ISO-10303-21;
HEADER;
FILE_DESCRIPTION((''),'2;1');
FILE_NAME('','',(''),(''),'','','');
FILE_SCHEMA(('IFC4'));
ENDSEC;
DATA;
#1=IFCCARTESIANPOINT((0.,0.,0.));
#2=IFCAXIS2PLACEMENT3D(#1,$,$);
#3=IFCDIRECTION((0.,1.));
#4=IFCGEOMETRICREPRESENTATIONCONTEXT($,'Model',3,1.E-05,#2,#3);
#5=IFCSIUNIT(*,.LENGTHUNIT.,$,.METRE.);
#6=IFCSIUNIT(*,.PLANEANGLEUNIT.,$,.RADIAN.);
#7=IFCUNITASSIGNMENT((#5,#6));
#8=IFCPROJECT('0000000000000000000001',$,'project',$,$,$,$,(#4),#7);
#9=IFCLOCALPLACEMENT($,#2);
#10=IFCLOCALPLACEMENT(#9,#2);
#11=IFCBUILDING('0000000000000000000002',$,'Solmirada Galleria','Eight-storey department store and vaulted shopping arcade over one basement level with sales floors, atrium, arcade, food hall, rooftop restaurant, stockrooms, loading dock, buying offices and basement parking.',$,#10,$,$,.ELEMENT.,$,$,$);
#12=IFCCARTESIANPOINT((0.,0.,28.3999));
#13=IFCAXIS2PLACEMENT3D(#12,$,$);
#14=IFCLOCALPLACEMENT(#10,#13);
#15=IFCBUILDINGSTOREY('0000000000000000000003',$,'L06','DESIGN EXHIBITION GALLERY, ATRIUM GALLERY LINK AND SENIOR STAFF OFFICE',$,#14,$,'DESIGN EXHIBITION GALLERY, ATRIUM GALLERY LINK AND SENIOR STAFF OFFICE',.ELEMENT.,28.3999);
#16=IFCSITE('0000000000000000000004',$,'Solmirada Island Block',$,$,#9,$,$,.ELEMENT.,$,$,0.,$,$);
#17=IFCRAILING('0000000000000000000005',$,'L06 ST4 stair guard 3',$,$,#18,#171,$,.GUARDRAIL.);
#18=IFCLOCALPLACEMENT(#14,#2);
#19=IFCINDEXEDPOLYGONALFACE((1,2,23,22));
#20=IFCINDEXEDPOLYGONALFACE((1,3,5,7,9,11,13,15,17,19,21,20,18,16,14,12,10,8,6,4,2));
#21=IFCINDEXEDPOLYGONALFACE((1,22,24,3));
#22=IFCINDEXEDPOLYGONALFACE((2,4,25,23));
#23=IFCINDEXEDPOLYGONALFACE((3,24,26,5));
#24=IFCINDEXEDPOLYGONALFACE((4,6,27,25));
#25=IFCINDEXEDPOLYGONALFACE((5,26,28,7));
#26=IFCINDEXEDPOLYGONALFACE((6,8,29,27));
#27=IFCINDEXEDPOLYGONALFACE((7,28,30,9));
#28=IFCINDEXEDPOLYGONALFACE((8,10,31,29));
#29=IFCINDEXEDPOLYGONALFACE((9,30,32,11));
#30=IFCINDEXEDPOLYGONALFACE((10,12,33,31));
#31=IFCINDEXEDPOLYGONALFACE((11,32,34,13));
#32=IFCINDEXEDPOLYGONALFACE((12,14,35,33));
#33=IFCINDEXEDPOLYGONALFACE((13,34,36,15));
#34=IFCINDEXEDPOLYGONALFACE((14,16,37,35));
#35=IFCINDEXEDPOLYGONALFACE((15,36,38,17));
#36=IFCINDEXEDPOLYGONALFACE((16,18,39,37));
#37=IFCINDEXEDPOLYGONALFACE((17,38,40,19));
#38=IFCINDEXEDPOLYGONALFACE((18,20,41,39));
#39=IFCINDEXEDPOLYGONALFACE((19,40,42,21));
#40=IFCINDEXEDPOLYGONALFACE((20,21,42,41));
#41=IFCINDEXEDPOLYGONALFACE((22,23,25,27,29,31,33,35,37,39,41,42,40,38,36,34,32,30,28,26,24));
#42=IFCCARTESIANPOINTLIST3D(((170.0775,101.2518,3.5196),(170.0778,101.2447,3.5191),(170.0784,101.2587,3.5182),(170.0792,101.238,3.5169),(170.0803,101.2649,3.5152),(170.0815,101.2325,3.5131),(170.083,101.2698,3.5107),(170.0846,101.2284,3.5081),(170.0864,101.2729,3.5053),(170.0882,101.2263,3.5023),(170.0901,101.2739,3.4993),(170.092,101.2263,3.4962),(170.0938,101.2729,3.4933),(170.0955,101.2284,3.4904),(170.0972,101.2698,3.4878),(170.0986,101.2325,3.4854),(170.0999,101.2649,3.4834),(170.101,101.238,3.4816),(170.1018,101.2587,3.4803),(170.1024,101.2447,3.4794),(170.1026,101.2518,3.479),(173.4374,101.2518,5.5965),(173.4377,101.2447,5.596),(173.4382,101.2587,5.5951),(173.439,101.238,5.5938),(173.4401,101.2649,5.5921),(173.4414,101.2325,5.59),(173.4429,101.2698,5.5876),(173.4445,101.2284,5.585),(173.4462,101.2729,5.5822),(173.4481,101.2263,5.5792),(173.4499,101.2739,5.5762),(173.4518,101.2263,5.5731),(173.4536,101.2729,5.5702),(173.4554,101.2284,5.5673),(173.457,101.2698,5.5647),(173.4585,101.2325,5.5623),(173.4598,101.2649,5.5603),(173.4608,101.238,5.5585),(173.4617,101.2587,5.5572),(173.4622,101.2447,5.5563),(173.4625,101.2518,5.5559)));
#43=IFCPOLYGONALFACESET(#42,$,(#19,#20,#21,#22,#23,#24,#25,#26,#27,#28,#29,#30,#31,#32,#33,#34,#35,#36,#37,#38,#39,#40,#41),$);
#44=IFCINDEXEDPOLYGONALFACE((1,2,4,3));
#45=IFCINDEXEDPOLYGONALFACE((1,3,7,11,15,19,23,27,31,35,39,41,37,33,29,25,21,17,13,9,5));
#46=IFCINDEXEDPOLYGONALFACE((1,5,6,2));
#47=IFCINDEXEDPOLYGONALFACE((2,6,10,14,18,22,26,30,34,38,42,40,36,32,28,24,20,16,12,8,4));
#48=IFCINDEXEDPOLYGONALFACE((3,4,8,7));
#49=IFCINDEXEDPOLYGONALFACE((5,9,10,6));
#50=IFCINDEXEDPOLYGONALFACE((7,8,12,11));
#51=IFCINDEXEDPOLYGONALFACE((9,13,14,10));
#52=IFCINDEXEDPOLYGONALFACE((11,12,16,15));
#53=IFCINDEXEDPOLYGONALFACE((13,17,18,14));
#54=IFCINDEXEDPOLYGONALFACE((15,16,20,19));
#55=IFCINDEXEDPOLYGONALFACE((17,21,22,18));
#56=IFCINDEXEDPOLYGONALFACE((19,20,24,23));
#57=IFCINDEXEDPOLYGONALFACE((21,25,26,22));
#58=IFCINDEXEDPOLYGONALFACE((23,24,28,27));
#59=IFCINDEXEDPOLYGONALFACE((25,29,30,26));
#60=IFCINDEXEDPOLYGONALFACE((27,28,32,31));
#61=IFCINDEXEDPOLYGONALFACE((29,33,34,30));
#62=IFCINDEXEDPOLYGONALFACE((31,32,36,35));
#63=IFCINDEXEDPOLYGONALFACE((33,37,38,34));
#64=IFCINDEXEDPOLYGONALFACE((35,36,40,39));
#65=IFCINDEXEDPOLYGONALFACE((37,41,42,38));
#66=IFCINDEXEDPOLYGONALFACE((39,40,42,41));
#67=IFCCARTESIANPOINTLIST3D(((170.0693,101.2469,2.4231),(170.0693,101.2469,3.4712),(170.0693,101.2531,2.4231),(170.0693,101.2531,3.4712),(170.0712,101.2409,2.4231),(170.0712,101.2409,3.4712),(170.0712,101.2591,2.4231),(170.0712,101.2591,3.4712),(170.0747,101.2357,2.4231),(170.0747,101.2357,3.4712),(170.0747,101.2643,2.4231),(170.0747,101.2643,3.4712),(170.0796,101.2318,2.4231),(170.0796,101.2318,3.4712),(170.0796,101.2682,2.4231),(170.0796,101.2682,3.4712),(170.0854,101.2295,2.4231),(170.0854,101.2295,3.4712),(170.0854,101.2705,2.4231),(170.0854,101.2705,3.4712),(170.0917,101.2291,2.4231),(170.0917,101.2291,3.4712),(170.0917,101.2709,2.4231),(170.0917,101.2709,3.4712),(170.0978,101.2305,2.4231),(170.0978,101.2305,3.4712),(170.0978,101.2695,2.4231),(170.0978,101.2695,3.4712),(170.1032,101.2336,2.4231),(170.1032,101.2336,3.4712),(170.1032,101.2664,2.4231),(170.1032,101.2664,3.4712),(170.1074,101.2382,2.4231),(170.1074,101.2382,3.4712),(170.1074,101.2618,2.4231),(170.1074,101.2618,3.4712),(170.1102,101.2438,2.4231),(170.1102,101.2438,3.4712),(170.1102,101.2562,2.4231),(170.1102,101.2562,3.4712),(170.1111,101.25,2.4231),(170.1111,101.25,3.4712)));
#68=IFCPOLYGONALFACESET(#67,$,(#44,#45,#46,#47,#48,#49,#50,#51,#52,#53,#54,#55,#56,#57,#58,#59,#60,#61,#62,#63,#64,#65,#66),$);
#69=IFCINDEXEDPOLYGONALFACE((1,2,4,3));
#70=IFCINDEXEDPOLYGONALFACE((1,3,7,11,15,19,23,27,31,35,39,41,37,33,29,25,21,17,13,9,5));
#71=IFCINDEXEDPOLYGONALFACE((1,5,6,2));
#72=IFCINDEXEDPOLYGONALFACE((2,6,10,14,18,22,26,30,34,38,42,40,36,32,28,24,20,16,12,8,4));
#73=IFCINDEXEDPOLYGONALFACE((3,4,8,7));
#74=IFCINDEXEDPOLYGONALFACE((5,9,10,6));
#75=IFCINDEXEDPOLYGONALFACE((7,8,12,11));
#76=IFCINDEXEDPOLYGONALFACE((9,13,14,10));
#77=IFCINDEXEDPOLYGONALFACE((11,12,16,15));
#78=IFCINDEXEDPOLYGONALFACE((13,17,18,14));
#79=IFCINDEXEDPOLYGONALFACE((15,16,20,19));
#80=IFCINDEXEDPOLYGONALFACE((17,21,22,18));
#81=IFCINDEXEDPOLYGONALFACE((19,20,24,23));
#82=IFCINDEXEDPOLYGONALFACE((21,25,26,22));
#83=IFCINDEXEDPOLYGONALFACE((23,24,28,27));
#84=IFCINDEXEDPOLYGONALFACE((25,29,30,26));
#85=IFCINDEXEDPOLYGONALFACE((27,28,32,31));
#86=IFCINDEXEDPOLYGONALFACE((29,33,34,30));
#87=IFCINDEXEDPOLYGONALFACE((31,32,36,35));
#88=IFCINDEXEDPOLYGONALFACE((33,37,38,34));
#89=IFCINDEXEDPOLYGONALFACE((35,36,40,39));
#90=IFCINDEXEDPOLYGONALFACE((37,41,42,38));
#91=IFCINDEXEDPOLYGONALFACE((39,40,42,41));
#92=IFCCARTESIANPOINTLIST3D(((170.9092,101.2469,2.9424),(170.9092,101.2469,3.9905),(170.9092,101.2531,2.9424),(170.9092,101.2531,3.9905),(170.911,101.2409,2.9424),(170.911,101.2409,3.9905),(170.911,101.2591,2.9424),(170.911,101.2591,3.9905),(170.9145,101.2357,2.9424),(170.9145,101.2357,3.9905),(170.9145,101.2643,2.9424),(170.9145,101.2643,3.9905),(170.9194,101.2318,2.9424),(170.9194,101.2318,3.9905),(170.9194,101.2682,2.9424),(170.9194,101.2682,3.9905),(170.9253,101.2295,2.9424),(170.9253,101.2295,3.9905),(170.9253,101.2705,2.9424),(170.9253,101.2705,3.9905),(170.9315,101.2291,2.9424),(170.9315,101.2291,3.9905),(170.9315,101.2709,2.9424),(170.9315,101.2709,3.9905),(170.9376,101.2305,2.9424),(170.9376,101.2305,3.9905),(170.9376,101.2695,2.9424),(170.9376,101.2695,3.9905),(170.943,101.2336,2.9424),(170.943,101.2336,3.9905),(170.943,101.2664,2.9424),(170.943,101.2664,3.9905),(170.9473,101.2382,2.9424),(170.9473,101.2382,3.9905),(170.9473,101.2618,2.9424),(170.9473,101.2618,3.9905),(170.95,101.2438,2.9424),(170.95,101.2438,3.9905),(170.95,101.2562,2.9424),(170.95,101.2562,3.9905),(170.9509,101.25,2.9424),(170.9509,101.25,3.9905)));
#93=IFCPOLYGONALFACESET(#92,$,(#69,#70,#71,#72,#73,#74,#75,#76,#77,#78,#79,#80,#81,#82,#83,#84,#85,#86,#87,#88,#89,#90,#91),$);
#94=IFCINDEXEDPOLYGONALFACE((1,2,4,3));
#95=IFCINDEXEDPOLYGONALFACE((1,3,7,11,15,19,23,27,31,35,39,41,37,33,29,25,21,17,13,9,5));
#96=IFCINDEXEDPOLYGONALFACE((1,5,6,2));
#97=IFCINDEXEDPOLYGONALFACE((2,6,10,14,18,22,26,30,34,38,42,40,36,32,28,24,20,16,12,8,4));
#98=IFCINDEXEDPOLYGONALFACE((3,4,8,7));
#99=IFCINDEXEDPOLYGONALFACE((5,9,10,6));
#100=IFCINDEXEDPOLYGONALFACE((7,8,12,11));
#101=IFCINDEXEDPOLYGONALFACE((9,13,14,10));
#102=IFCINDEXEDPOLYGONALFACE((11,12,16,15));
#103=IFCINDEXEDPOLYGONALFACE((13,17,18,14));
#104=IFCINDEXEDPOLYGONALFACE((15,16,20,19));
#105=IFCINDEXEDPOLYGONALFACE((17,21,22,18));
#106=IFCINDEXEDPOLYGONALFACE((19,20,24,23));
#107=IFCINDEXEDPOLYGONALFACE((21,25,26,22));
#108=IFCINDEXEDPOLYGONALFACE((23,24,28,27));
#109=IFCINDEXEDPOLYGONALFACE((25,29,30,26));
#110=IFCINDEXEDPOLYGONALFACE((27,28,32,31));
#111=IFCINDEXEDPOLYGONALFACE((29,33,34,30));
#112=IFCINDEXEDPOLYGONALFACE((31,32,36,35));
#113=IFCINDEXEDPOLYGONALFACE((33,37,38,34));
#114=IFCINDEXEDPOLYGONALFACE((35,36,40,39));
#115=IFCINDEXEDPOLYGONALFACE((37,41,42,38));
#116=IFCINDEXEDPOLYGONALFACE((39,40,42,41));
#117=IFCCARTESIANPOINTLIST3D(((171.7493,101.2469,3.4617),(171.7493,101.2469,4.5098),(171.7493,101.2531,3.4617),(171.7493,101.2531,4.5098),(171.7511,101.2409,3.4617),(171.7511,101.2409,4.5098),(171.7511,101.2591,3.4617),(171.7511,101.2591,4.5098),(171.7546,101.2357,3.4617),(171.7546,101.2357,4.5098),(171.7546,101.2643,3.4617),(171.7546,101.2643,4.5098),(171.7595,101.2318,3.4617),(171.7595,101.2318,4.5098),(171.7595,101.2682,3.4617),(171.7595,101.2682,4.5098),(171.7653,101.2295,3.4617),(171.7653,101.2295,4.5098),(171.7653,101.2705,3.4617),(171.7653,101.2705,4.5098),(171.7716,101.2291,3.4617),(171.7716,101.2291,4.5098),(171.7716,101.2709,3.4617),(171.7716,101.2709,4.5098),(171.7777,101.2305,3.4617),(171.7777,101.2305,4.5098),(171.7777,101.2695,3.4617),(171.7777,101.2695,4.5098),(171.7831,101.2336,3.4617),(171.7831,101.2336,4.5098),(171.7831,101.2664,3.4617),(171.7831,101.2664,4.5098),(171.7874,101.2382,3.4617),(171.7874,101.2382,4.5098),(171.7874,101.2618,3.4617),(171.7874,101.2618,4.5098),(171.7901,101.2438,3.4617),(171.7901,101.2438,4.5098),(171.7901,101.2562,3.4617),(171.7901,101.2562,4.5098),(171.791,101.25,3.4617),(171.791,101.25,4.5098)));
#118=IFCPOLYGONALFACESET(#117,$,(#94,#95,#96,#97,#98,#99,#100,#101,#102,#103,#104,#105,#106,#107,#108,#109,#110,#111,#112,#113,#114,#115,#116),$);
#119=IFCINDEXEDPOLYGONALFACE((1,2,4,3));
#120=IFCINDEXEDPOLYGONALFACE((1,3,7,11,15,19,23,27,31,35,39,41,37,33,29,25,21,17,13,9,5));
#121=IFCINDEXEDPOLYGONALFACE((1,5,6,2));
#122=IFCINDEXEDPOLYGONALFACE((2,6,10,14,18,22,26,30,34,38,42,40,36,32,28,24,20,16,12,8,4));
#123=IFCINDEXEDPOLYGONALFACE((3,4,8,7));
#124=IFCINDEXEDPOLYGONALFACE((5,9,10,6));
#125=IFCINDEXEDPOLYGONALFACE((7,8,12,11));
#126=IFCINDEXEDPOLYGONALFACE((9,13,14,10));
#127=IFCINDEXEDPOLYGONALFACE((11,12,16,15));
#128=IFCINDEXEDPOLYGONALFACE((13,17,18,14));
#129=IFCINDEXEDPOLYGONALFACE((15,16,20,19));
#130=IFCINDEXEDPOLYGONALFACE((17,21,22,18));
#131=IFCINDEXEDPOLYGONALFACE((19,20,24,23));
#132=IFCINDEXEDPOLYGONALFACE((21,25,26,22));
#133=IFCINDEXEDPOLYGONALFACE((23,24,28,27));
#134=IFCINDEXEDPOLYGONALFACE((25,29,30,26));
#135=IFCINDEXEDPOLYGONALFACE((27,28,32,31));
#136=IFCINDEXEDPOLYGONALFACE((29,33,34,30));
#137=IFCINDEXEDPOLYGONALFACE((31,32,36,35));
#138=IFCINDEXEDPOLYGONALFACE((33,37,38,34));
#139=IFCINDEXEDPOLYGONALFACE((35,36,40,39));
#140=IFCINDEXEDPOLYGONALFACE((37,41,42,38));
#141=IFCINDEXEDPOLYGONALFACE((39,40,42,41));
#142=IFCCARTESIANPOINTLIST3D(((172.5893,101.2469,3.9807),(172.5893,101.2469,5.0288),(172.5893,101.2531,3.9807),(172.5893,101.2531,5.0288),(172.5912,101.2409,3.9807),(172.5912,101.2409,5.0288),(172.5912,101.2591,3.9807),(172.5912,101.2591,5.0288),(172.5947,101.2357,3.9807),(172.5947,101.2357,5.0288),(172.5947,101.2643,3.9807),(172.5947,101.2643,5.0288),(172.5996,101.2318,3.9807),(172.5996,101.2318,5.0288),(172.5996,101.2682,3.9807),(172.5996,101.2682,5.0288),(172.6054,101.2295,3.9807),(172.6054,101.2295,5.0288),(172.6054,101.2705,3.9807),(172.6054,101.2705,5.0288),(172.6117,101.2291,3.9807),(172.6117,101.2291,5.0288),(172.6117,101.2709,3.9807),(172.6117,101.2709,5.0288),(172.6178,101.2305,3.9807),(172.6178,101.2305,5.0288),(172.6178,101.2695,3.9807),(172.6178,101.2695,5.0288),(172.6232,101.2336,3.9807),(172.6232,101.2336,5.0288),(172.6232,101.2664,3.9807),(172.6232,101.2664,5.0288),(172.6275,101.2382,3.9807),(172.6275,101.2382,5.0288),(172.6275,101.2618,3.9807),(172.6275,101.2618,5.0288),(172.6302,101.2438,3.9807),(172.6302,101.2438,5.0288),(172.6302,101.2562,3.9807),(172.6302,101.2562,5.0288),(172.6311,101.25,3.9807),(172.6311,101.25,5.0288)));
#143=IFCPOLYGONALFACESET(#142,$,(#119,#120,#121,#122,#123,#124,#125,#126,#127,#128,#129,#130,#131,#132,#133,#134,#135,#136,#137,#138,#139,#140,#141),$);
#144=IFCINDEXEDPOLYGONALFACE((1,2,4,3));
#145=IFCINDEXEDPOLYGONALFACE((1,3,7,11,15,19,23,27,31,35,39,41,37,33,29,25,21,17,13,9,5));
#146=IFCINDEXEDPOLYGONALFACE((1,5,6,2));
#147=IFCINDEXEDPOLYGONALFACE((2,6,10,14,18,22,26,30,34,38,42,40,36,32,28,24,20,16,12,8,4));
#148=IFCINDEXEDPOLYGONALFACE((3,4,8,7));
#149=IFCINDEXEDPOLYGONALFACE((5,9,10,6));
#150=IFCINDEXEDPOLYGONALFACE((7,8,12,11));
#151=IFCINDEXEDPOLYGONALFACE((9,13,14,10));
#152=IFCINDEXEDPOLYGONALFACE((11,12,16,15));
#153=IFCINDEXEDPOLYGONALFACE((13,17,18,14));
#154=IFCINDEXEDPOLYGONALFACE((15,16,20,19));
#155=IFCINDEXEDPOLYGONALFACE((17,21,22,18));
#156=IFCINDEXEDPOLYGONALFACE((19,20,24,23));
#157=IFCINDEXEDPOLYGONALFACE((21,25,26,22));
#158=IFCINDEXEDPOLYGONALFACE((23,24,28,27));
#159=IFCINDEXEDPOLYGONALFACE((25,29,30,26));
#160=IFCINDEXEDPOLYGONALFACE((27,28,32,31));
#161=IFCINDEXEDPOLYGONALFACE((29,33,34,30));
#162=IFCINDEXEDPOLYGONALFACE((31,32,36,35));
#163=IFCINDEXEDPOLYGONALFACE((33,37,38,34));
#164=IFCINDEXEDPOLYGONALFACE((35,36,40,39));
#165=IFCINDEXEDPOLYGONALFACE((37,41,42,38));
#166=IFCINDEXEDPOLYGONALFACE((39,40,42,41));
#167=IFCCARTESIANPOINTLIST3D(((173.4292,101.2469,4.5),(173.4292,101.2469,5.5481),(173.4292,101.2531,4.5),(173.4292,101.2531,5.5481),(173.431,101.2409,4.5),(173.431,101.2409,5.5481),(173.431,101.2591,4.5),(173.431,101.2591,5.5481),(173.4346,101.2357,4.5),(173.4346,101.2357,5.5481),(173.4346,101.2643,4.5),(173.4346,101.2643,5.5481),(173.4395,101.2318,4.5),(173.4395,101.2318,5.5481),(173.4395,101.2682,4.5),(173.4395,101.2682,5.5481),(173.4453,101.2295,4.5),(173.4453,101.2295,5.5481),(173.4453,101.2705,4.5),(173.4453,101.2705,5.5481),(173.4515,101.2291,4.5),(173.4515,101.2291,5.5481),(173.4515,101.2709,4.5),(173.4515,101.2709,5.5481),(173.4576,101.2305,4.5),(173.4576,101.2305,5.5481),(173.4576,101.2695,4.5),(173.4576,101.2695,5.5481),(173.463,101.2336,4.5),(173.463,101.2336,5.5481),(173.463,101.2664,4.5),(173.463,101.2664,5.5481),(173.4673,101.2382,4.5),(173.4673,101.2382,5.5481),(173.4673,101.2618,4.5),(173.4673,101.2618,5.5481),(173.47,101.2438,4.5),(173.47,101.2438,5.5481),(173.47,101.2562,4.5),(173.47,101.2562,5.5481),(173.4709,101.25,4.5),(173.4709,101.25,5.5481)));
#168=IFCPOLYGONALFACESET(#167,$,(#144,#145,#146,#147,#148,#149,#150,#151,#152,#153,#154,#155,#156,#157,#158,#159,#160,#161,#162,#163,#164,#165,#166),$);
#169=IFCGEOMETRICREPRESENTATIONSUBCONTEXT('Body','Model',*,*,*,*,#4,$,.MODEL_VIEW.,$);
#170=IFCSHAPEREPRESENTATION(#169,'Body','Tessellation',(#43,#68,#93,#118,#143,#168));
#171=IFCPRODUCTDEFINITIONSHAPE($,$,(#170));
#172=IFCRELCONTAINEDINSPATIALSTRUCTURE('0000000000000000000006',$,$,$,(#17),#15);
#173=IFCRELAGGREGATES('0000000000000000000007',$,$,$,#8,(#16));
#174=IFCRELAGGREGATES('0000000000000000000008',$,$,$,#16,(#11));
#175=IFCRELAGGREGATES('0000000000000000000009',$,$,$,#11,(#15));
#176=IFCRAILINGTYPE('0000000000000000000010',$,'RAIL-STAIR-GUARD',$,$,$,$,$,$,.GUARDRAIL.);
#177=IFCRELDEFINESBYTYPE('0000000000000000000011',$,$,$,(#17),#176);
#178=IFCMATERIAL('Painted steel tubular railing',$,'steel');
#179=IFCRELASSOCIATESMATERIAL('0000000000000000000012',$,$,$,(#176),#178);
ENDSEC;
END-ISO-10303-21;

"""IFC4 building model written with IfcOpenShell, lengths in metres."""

from ifc_helpers import new_model, si_unit, direction, frame, origin, origin_2d, place, context, subcontext, project, spatial, circle, extrude, material, type_object, element, save


model = new_model("IFC4")

# Units and contexts
model_context = context("Model", 3, precision=1e-05, world=origin(), true_north=direction((0.0, 1.0)))
body_context = subcontext(model_context, "Body", "Model", "MODEL_VIEW")
ifc_project = project(units=[si_unit("LENGTHUNIT", "METRE"), si_unit("PLANEANGLEUNIT", "RADIAN")], contexts=[model_context])

# Site, building, storey
site_placement = place(None, origin())
site = spatial("IfcSite", under=ifc_project, at=site_placement, Name="Solmirada Island Block", CompositionType="ELEMENT", RefElevation=0.0)
building_placement = place(site_placement, origin())
building = spatial("IfcBuilding", under=site, at=building_placement, Name="Solmirada Galleria", Description="Eight-storey department store and vaulted shopping arcade over one basement level with sales floors, atrium, arcade, food hall, rooftop restaurant, stockrooms, loading dock, buying offices and basement parking.", CompositionType="ELEMENT")
storey_placement = place(building_placement, frame((0.0, 0.0, 28.3999)))
storey = spatial("IfcBuildingStorey", under=building, at=storey_placement, Name="L06", Description="DESIGN EXHIBITION GALLERY, ATRIUM GALLERY LINK AND SENIOR STAFF OFFICE", LongName="DESIGN EXHIBITION GALLERY, ATRIUM GALLERY LINK AND SENIOR STAFF OFFICE", CompositionType="ELEMENT", Elevation=28.3999)

# Railing
ifc_material_1 = material(Name="Painted steel tubular railing", Category="steel")
railing_type_1 = type_object("IfcRailingType", Name="RAIL-STAIR-GUARD", PredefinedType="GUARDRAIL", material=ifc_material_1)
railing_1_placement = place(storey_placement, frame((170.0901, 101.25, 2.4231)))
element("IfcRailing", 1, at=railing_1_placement, inside=storey, type_object=railing_type_1, Name="L06 ST4 stair guard 3", PredefinedType="GUARDRAIL", context=body_context, shape_type="SweptSolid", body=[
    extrude(circle(Radius=0.0239, at=origin_2d()), frame((0.0, 0.0, 1.0762), z_axis=(0.850606, 0.0, 0.525803), x_axis=(0.0, 1.0, 0.0)), (0.0, 0.0, 1.0), 3.95),
    extrude(circle(Radius=0.021, at=origin_2d()), origin(), (0.0, 0.0, 1.0), 1.0481),
    extrude(circle(Radius=0.021, at=origin_2d()), frame((0.8398, 0.0, 0.5193)), (0.0, 0.0, 1.0), 1.0481),
    extrude(circle(Radius=0.021, at=origin_2d()), frame((1.6799, 0.0, 1.0386)), (0.0, 0.0, 1.0), 1.0481),
    extrude(circle(Radius=0.021, at=origin_2d()), frame((2.52, 0.0, 1.5576)), (0.0, 0.0, 1.0), 1.0481),
    extrude(circle(Radius=0.021, at=origin_2d()), frame((3.3599, 0.0, 2.0769)), (0.0, 0.0, 1.0), 1.0481),
])

save(model, "model.ifc")
